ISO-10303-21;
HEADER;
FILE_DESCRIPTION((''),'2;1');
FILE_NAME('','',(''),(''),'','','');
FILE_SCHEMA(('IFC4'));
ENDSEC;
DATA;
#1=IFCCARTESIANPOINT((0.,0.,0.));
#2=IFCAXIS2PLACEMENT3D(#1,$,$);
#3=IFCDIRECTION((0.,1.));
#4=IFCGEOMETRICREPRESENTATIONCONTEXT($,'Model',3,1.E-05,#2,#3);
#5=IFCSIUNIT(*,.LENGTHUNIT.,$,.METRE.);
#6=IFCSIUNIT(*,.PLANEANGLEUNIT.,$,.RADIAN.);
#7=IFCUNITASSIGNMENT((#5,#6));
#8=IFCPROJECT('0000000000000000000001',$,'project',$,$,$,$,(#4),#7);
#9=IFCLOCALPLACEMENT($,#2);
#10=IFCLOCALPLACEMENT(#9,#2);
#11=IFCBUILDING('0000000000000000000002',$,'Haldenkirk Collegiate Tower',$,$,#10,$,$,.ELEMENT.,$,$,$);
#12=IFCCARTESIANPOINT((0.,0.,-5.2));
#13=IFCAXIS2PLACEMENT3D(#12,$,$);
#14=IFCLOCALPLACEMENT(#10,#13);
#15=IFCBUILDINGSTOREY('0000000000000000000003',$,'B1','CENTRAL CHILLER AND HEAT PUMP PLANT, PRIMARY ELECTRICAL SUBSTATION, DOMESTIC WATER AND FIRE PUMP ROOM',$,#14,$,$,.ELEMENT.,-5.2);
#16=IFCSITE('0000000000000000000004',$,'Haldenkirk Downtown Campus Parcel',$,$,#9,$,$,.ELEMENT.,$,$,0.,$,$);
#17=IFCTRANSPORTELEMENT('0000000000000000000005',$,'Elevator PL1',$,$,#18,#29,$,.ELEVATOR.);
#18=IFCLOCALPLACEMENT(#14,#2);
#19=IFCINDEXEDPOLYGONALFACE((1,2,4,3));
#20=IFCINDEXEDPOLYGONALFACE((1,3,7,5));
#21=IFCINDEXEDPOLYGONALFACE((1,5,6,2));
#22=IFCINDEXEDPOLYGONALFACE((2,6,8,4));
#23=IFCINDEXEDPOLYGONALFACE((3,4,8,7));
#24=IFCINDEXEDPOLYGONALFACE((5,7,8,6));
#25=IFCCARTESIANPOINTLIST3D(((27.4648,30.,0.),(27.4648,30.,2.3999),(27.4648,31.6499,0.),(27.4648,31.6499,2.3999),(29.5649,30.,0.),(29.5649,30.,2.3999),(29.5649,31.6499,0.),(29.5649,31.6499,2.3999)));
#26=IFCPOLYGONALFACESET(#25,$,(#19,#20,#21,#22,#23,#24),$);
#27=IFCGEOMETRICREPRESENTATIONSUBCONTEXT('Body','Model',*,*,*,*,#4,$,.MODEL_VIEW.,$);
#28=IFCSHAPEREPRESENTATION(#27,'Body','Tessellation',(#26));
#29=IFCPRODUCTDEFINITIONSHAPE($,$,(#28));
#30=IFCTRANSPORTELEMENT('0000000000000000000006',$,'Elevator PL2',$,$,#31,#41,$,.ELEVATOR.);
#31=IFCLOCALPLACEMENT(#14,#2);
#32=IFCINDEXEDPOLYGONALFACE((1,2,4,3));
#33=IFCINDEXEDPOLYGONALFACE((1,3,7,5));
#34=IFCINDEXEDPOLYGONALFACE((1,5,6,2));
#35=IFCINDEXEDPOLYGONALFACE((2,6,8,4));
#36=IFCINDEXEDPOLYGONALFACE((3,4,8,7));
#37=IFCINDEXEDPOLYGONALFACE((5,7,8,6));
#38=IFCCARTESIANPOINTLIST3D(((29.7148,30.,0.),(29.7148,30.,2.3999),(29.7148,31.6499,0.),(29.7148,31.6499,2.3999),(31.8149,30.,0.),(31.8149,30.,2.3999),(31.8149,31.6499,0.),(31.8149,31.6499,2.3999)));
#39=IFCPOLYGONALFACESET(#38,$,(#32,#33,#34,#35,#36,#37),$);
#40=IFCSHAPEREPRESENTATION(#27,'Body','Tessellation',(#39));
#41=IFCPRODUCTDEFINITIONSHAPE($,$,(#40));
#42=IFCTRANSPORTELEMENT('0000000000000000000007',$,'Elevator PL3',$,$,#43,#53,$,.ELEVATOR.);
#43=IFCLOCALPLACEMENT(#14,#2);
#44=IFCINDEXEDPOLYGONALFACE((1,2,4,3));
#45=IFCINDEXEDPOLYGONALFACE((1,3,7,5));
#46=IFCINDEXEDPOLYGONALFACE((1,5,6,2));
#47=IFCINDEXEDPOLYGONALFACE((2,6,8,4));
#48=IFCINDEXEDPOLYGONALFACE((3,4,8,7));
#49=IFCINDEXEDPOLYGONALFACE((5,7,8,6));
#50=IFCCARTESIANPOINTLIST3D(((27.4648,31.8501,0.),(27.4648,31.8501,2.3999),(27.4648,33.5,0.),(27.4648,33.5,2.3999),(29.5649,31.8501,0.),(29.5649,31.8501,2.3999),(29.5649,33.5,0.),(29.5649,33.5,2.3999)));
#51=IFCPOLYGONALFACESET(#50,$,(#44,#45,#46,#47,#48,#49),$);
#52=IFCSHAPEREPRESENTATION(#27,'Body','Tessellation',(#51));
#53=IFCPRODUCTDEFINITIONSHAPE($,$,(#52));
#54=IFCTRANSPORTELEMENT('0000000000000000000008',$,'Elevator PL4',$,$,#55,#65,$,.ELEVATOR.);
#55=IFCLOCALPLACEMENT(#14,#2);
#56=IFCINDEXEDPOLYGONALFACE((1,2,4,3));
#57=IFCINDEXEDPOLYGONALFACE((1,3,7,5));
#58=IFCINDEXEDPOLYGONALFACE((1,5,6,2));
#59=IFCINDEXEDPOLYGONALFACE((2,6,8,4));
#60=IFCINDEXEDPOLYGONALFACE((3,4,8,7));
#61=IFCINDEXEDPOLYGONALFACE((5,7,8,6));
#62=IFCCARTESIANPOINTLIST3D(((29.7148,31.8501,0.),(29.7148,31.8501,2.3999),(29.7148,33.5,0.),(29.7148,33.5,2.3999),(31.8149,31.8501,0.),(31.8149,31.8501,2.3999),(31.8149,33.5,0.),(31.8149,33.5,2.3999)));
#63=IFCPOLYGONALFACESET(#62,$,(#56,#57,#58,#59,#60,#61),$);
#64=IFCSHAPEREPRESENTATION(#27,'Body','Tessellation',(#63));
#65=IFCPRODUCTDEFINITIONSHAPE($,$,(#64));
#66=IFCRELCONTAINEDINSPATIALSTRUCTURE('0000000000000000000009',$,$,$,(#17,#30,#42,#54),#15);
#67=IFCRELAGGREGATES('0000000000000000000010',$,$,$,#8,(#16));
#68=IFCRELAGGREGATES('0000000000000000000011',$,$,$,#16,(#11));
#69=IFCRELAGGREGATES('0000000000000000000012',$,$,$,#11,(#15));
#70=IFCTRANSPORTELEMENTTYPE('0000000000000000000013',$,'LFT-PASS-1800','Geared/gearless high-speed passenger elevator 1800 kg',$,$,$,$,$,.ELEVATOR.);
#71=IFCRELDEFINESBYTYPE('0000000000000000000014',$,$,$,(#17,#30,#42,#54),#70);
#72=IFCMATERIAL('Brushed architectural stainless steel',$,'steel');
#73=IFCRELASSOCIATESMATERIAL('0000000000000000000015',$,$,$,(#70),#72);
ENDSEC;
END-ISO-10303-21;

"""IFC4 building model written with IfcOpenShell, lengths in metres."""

from ifc_helpers import new_model, si_unit, direction, frame, origin, origin_2d, place, context, subcontext, project, spatial, rectangle, extrude, material, type_object, element, save


model = new_model("IFC4")

# Units and contexts
model_context = context("Model", 3, precision=1e-05, world=origin(), true_north=direction((0.0, 1.0)))
body_context = subcontext(model_context, "Body", "Model", "MODEL_VIEW")
ifc_project = project(units=[si_unit("LENGTHUNIT", "METRE"), si_unit("PLANEANGLEUNIT", "RADIAN")], contexts=[model_context])

# Site, building, storey
site_placement = place(None, origin())
site = spatial("IfcSite", under=ifc_project, at=site_placement, Name="Haldenkirk Downtown Campus Parcel", CompositionType="ELEMENT", RefElevation=0.0)
building_placement = place(site_placement, origin())
building = spatial("IfcBuilding", under=site, at=building_placement, Name="Haldenkirk Collegiate Tower", CompositionType="ELEMENT")
storey_placement = place(building_placement, frame((0.0, 0.0, -5.2)))
storey = spatial("IfcBuildingStorey", under=building, at=storey_placement, Name="B1", Description="CENTRAL CHILLER AND HEAT PUMP PLANT, PRIMARY ELECTRICAL SUBSTATION, DOMESTIC WATER AND FIRE PUMP ROOM", CompositionType="ELEMENT", Elevation=-5.2)

# Shared definitions
ifc_material_1 = material(Name="Brushed architectural stainless steel", Category="steel")

# Transport elements
transport_element_type = type_object("IfcTransportElementType", Name="LFT-PASS-1800", Description="Geared/gearless high-speed passenger elevator 1800 kg", PredefinedType="ELEVATOR", material=ifc_material_1)
for number, where, z_axis, x_axis, name in (
    (1, (28.5149, 30.825, 0.0), (0.0, 0.0, 1.0), (1.0, 0.0, 0.0), "Elevator PL1"),
    (2, (30.7649, 30.825, 0.0), (0.0, 0.0, 1.0), (1.0, 0.0, 0.0), "Elevator PL2"),
    (3, (28.5149, 32.675, 0.0), (0.0, 0.0, 1.0), (1.0, 0.0, 0.0), "Elevator PL3"),
    (4, (30.7649, 32.675, 0.0), (0.0, 0.0, 1.0), (1.0, 0.0, 0.0), "Elevator PL4"),
):
    element("IfcTransportElement", number, at=place(storey_placement, frame(where, z_axis=z_axis, x_axis=x_axis)), inside=storey, type_object=transport_element_type, Name=name, PredefinedType="ELEVATOR", context=body_context, shape_type="SweptSolid", body=[
        extrude(rectangle(XDim=2.1001, YDim=1.6499, at=origin_2d()), origin(), (0.0, 0.0, 1.0), 2.3999),
    ])

save(model, "model.ifc")
